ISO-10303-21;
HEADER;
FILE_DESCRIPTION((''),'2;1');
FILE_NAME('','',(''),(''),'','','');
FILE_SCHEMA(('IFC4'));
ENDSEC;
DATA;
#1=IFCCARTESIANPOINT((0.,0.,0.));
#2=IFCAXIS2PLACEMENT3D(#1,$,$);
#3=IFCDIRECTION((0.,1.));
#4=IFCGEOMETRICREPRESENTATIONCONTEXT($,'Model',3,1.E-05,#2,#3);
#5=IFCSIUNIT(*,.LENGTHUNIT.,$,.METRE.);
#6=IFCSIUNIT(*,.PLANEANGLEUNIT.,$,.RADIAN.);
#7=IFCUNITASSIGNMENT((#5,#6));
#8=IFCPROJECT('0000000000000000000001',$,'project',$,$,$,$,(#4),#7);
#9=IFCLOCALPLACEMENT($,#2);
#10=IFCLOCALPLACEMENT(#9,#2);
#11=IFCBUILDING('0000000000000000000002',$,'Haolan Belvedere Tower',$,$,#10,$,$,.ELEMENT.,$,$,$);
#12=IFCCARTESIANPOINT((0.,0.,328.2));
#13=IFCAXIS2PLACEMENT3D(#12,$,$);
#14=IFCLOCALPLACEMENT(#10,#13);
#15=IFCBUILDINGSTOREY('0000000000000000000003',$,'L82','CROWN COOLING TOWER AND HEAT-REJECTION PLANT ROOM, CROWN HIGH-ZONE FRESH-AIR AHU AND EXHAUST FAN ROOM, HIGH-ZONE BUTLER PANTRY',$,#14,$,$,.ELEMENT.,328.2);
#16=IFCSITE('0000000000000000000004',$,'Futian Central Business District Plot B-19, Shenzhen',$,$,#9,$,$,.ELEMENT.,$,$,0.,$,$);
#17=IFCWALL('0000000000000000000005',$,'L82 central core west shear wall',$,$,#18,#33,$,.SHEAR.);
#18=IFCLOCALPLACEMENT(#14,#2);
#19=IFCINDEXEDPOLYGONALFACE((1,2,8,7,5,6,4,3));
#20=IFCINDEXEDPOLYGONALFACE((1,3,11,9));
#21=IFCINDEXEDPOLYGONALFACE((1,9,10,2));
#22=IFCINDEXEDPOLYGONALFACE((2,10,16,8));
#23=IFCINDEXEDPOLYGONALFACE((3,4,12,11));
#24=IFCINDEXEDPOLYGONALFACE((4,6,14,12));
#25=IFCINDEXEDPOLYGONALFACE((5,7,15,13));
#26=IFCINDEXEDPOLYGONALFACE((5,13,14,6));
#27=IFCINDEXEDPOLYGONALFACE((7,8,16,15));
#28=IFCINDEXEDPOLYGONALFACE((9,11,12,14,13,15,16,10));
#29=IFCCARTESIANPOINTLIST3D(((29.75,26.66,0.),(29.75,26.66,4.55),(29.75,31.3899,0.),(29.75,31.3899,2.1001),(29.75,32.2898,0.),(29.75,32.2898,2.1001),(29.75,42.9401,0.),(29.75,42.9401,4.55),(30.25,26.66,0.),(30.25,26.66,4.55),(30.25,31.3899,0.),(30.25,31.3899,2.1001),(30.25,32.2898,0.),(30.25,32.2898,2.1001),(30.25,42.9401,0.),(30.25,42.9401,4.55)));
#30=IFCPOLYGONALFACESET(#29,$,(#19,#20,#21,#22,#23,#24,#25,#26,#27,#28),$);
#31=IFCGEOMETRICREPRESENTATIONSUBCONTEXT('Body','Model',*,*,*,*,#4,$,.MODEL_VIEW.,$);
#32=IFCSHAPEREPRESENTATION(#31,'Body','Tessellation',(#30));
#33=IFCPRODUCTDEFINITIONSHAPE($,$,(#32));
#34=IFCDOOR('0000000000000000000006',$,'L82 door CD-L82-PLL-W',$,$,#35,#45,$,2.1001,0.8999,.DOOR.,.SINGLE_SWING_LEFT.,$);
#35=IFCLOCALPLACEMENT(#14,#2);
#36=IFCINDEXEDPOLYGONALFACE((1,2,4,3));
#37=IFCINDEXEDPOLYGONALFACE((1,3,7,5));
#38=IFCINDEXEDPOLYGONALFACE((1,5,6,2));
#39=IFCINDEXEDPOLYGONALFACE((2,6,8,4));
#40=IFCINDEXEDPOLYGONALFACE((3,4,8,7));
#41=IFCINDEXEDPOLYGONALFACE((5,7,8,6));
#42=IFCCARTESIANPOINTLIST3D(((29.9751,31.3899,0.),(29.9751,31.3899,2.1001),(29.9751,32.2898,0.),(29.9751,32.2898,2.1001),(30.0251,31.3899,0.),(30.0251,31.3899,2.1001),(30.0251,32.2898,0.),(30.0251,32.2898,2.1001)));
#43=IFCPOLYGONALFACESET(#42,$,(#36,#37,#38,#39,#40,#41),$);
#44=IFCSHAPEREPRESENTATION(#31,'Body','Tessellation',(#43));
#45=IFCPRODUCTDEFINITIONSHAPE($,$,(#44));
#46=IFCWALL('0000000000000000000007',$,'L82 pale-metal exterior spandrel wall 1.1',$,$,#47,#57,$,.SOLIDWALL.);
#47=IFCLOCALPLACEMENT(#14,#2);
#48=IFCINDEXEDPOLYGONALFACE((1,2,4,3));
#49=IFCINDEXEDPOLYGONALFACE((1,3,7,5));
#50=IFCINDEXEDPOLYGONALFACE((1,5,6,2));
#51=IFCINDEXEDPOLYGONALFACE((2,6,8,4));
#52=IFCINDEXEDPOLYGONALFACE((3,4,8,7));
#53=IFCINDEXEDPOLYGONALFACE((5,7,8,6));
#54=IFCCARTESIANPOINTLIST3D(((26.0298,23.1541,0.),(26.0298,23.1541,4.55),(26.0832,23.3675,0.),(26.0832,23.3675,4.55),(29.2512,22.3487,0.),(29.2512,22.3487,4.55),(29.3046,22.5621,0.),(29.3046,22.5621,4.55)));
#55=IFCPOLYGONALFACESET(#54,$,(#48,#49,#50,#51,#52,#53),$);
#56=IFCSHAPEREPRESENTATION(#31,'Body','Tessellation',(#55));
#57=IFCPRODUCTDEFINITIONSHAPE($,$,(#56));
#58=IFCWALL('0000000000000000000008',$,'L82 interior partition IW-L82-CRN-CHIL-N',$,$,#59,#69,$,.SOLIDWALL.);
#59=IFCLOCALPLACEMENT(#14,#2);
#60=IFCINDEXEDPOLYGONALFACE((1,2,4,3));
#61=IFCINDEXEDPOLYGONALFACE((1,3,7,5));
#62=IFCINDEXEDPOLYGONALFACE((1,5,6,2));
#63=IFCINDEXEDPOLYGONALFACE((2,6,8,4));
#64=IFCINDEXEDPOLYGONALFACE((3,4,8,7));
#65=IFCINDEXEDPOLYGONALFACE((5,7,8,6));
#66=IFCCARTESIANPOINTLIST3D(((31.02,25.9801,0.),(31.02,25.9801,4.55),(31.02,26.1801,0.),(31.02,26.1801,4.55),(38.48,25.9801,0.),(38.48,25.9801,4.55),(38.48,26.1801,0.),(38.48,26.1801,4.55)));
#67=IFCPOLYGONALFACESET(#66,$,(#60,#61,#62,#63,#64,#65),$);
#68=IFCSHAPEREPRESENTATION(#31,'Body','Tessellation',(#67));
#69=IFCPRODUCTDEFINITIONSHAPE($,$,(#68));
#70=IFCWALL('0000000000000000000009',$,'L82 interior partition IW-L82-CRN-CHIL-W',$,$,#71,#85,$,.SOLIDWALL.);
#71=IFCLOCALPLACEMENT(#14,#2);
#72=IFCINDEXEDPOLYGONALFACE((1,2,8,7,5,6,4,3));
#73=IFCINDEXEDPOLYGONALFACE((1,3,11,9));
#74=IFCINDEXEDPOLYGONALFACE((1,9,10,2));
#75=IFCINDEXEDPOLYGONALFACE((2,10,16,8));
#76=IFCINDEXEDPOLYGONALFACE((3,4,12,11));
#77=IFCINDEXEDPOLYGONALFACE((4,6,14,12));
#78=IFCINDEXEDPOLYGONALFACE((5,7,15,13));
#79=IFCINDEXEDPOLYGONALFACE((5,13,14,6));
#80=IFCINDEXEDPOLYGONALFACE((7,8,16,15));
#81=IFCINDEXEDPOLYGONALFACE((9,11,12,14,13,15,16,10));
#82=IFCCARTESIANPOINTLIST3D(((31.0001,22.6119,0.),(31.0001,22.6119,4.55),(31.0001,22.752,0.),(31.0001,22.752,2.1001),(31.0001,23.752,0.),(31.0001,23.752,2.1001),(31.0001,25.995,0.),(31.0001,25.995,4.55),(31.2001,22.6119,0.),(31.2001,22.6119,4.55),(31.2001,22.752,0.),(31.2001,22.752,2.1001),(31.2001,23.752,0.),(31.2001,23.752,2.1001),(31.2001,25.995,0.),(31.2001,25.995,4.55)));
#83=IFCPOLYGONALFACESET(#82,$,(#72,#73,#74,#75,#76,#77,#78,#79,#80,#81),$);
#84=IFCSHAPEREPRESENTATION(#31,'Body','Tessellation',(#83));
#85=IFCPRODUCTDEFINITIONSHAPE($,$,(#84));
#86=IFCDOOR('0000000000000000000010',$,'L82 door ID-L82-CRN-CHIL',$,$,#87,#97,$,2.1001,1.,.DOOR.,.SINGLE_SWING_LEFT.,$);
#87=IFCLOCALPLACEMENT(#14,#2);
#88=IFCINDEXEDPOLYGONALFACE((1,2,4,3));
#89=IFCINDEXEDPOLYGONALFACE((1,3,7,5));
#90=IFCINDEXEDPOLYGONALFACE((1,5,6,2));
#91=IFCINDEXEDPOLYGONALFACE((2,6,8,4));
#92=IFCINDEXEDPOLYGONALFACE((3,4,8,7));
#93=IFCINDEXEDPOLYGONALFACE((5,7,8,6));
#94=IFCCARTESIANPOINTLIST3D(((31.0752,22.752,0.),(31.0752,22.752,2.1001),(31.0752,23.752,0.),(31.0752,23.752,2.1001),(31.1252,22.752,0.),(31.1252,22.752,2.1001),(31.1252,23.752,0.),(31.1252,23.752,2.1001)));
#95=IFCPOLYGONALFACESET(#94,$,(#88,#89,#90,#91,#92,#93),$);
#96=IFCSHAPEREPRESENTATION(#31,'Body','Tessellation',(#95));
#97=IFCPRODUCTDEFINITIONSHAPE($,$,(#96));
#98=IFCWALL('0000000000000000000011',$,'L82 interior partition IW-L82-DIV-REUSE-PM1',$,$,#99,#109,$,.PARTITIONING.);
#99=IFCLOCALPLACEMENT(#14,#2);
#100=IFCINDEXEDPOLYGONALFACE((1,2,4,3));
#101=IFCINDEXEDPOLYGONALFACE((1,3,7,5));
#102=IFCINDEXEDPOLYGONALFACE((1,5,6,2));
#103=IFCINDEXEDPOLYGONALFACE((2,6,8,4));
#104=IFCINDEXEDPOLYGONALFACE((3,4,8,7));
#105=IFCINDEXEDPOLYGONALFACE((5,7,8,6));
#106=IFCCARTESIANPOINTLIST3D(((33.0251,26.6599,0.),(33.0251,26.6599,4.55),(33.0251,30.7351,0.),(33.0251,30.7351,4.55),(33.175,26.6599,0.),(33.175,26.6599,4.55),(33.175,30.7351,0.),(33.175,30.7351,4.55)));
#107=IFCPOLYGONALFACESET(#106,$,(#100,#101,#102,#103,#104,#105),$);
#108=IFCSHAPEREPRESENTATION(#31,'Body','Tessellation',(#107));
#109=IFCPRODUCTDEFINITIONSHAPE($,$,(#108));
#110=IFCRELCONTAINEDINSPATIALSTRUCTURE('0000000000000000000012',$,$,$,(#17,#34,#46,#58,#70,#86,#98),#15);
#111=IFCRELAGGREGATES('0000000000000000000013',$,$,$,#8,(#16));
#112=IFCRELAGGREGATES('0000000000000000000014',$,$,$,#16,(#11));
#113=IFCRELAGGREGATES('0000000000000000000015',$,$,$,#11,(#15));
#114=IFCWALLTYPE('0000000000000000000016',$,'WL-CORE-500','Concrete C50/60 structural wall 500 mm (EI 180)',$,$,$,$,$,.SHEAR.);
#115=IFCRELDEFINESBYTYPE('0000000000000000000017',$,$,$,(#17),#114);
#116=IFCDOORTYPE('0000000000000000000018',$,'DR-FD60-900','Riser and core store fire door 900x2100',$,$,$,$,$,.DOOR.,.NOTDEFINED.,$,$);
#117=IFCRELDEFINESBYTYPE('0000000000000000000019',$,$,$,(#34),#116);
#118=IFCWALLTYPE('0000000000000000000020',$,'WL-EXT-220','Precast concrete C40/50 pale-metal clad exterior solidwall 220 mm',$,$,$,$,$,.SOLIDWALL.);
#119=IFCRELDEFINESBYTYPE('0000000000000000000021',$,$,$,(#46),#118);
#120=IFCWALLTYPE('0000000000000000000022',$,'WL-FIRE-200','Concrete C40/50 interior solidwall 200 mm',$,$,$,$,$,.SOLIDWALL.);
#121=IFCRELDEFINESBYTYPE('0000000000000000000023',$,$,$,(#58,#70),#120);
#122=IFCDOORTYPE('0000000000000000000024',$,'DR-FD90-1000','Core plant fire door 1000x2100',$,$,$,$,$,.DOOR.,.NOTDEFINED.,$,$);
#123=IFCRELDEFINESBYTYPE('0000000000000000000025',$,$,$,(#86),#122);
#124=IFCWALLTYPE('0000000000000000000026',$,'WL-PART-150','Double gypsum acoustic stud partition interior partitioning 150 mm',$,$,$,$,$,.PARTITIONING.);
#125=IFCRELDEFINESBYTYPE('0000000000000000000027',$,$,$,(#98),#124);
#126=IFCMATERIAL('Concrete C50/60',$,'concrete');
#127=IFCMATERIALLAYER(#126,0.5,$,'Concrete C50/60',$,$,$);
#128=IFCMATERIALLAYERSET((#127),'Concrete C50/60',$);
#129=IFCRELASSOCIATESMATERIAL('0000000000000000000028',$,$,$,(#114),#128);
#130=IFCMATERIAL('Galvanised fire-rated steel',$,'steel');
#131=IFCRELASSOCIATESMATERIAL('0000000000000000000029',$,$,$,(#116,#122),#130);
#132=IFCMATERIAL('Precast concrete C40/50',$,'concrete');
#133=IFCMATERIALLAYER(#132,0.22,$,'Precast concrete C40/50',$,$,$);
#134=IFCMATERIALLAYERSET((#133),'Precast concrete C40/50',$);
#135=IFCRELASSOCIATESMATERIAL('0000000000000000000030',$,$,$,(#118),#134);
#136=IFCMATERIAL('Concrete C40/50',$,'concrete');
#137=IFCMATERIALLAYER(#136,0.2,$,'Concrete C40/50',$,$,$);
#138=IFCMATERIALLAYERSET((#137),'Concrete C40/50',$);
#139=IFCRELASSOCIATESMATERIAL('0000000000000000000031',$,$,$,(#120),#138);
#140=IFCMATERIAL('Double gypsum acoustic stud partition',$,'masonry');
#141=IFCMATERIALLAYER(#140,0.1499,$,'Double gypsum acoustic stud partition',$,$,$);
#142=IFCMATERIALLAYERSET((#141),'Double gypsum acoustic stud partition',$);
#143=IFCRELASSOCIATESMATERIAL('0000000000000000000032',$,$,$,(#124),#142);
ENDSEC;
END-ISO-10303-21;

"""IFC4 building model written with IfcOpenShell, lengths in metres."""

from ifc_helpers import new_model, si_unit, direction, frame, frame_2d, origin, place, context, subcontext, project, spatial, rectangle, extrude, material, layer, layer_set, type_object, element, fill, save


model = new_model("IFC4")

# Units and contexts
model_context = context("Model", 3, precision=1e-05, world=origin(), true_north=direction((0.0, 1.0)))
body_context = subcontext(model_context, "Body", "Model", "MODEL_VIEW")
ifc_project = project(units=[si_unit("LENGTHUNIT", "METRE"), si_unit("PLANEANGLEUNIT", "RADIAN")], contexts=[model_context])

# Site, building, storey
site_placement = place(None, origin())
site = spatial("IfcSite", under=ifc_project, at=site_placement, Name="Futian Central Business District Plot B-19, Shenzhen", CompositionType="ELEMENT", RefElevation=0.0)
building_placement = place(site_placement, origin())
building = spatial("IfcBuilding", under=site, at=building_placement, Name="Haolan Belvedere Tower", CompositionType="ELEMENT")
storey_placement = place(building_placement, frame((0.0, 0.0, 328.2)))
storey = spatial("IfcBuildingStorey", under=building, at=storey_placement, Name="L82", Description="CROWN COOLING TOWER AND HEAT-REJECTION PLANT ROOM, CROWN HIGH-ZONE FRESH-AIR AHU AND EXHAUST FAN ROOM, HIGH-ZONE BUTLER PANTRY", CompositionType="ELEMENT", Elevation=328.2)

# Shared definitions
ifc_material_1 = material(Name="Concrete C40/50", Category="concrete")

# Shared definitions
ifc_material_2 = material(Name="Concrete C50/60", Category="concrete")
ifc_layer_1 = layer(ifc_material_2, 0.5, Name="Concrete C50/60")
ifc_layer_set_1 = layer_set([ifc_layer_1], Name="Concrete C50/60")
wall_type_1 = type_object("IfcWallType", Name="WL-CORE-500", Description="Concrete C50/60 structural wall 500 mm (EI 180)", PredefinedType="SHEAR", material=ifc_layer_set_1)

# Wall, opening, door
wall_1_placement = place(storey_placement, frame((30.0, 26.6599, 0.0), z_axis=(0.0, 0.0, 1.0), x_axis=(0.0, 1.0, 0.0)))
wall_1 = element("IfcWall", 1, at=wall_1_placement, inside=storey, type_object=wall_type_1, Name="L82 central core west shear wall", PredefinedType="SHEAR", context=body_context, shape_type="SweptSolid", body=[
    extrude(rectangle(XDim=16.28, YDim=0.5, at=frame_2d((8.1401, 0.0))), origin(), (0.0, 0.0, 1.0), 4.55),
])
opening_1_placement = place(wall_1_placement, frame((4.73, 0.0, 0.0)))
opening_1 = element("IfcOpeningElement", 2, at=opening_1_placement, cuts=wall_1, PredefinedType="OPENING", context=body_context, shape_type="SweptSolid", body=[
    extrude(rectangle(XDim=0.8999, YDim=2.1001, at=frame_2d((0.45, 1.05))), frame((0.0, 0.26, 0.0), z_axis=(0.0, -1.0, 0.0), x_axis=(1.0, 0.0, 0.0)), (0.0, 0.0, 1.0), 0.52),
])
ifc_material_3 = material(Name="Galvanised fire-rated steel", Category="steel")
door_type_1 = type_object("IfcDoorType", Name="DR-FD60-900", Description="Riser and core store fire door 900x2100", OperationType="NOTDEFINED", PredefinedType="DOOR", material=ifc_material_3)
door_1_placement = place(opening_1_placement, origin())
door_1 = element("IfcDoor", 3, at=door_1_placement, inside=storey, type_object=door_type_1, Name="L82 door CD-L82-PLL-W", OperationType="SINGLE_SWING_LEFT", OverallHeight=2.1001, OverallWidth=0.8999, PredefinedType="DOOR", context=body_context, shape_type="SweptSolid", body=[
    extrude(rectangle(XDim=0.8999, YDim=2.1001, at=frame_2d((0.45, 1.05))), frame((0.0, 0.0249, 0.0), z_axis=(0.0, -1.0, 0.0), x_axis=(1.0, 0.0, 0.0)), (0.0, 0.0, 1.0), 0.05),
])
fill(opening_1, door_1)

# Walls
ifc_material_4 = material(Name="Precast concrete C40/50", Category="concrete")
ifc_layer_2 = layer(ifc_material_4, 0.22, Name="Precast concrete C40/50")
ifc_layer_set_2 = layer_set([ifc_layer_2], Name="Precast concrete C40/50")
wall_type_2 = type_object("IfcWallType", Name="WL-EXT-220", Description="Precast concrete C40/50 pale-metal clad exterior solidwall 220 mm", PredefinedType="SOLIDWALL", material=ifc_layer_set_2)
wall_2_placement = place(storey_placement, frame((26.0566, 23.2607, 0.0), z_axis=(0.0, 0.0, 1.0), x_axis=(0.970138, -0.242553, 0.0)))
element("IfcWall", 4, at=wall_2_placement, inside=storey, type_object=wall_type_2, Name="L82 pale-metal exterior spandrel wall 1.1", PredefinedType="SOLIDWALL", context=body_context, shape_type="SweptSolid", body=[
    extrude(rectangle(XDim=3.3206, YDim=0.22, at=frame_2d((1.6602, 0.0))), origin(), (0.0, 0.0, 1.0), 4.55),
])
ifc_layer_3 = layer(ifc_material_1, 0.2, Name="Concrete C40/50")
ifc_layer_set_3 = layer_set([ifc_layer_3], Name="Concrete C40/50")
wall_type_3 = type_object("IfcWallType", Name="WL-FIRE-200", Description="Concrete C40/50 interior solidwall 200 mm", PredefinedType="SOLIDWALL", material=ifc_layer_set_3)
wall_3_placement = place(storey_placement, frame((31.02, 26.0801, 0.0), z_axis=(0.0, 0.0, 1.0), x_axis=(1.0, 0.0, 0.0)))
element("IfcWall", 5, at=wall_3_placement, inside=storey, type_object=wall_type_3, Name="L82 interior partition IW-L82-CRN-CHIL-N", PredefinedType="SOLIDWALL", context=body_context, shape_type="SweptSolid", body=[
    extrude(rectangle(XDim=7.46, YDim=0.2, at=frame_2d((3.73, 0.0))), origin(), (0.0, 0.0, 1.0), 4.55),
])

# Wall, opening, door
wall_4_placement = place(storey_placement, frame((31.1001, 22.6121, 0.0), z_axis=(0.0, 0.0, 1.0), x_axis=(0.0, 1.0, 0.0)))
wall_4 = element("IfcWall", 6, at=wall_4_placement, inside=storey, type_object=wall_type_3, Name="L82 interior partition IW-L82-CRN-CHIL-W", PredefinedType="SOLIDWALL", context=body_context, shape_type="SweptSolid", body=[
    extrude(rectangle(XDim=3.3831, YDim=0.2, at=frame_2d((1.6914, 0.0))), origin(), (0.0, 0.0, 1.0), 4.55),
])
opening_2_placement = place(wall_4_placement, frame((0.1399, 0.0, 0.0)))
opening_2 = element("IfcOpeningElement", 7, at=opening_2_placement, cuts=wall_4, PredefinedType="OPENING", context=body_context, shape_type="SweptSolid", body=[
    extrude(rectangle(XDim=1.0, YDim=2.1001, at=frame_2d((0.5, 1.05))), frame((0.0, 0.1099, 0.0), z_axis=(0.0, -1.0, 0.0), x_axis=(1.0, 0.0, 0.0)), (0.0, 0.0, 1.0), 0.22),
])
door_type_2 = type_object("IfcDoorType", Name="DR-FD90-1000", Description="Core plant fire door 1000x2100", OperationType="NOTDEFINED", PredefinedType="DOOR", material=ifc_material_3)
door_2_placement = place(opening_2_placement, origin())
door_2 = element("IfcDoor", 8, at=door_2_placement, inside=storey, type_object=door_type_2, Name="L82 door ID-L82-CRN-CHIL", OperationType="SINGLE_SWING_LEFT", OverallHeight=2.1001, OverallWidth=1.0, PredefinedType="DOOR", context=body_context, shape_type="SweptSolid", body=[
    extrude(rectangle(XDim=1.0, YDim=2.1001, at=frame_2d((0.5, 1.05))), frame((0.0, 0.0249, 0.0), z_axis=(0.0, -1.0, 0.0), x_axis=(1.0, 0.0, 0.0)), (0.0, 0.0, 1.0), 0.05),
])
fill(opening_2, door_2)

# Wall
ifc_material_5 = material(Name="Double gypsum acoustic stud partition", Category="masonry")
ifc_layer_4 = layer(ifc_material_5, 0.1499, Name="Double gypsum acoustic stud partition")
ifc_layer_set_4 = layer_set([ifc_layer_4], Name="Double gypsum acoustic stud partition")
wall_type_4 = type_object("IfcWallType", Name="WL-PART-150", Description="Double gypsum acoustic stud partition interior partitioning 150 mm", PredefinedType="PARTITIONING", material=ifc_layer_set_4)
wall_5_placement = place(storey_placement, frame((33.1001, 26.6599, 0.0), z_axis=(0.0, 0.0, 1.0), x_axis=(0.0, 1.0, 0.0)))
element("IfcWall", 9, at=wall_5_placement, inside=storey, type_object=wall_type_4, Name="L82 interior partition IW-L82-DIV-REUSE-PM1", PredefinedType="PARTITIONING", context=body_context, shape_type="SweptSolid", body=[
    extrude(rectangle(XDim=4.0752, YDim=0.1499, at=frame_2d((2.0376, 0.0))), origin(), (0.0, 0.0, 1.0), 4.55),
])

save(model, "model.ifc")
